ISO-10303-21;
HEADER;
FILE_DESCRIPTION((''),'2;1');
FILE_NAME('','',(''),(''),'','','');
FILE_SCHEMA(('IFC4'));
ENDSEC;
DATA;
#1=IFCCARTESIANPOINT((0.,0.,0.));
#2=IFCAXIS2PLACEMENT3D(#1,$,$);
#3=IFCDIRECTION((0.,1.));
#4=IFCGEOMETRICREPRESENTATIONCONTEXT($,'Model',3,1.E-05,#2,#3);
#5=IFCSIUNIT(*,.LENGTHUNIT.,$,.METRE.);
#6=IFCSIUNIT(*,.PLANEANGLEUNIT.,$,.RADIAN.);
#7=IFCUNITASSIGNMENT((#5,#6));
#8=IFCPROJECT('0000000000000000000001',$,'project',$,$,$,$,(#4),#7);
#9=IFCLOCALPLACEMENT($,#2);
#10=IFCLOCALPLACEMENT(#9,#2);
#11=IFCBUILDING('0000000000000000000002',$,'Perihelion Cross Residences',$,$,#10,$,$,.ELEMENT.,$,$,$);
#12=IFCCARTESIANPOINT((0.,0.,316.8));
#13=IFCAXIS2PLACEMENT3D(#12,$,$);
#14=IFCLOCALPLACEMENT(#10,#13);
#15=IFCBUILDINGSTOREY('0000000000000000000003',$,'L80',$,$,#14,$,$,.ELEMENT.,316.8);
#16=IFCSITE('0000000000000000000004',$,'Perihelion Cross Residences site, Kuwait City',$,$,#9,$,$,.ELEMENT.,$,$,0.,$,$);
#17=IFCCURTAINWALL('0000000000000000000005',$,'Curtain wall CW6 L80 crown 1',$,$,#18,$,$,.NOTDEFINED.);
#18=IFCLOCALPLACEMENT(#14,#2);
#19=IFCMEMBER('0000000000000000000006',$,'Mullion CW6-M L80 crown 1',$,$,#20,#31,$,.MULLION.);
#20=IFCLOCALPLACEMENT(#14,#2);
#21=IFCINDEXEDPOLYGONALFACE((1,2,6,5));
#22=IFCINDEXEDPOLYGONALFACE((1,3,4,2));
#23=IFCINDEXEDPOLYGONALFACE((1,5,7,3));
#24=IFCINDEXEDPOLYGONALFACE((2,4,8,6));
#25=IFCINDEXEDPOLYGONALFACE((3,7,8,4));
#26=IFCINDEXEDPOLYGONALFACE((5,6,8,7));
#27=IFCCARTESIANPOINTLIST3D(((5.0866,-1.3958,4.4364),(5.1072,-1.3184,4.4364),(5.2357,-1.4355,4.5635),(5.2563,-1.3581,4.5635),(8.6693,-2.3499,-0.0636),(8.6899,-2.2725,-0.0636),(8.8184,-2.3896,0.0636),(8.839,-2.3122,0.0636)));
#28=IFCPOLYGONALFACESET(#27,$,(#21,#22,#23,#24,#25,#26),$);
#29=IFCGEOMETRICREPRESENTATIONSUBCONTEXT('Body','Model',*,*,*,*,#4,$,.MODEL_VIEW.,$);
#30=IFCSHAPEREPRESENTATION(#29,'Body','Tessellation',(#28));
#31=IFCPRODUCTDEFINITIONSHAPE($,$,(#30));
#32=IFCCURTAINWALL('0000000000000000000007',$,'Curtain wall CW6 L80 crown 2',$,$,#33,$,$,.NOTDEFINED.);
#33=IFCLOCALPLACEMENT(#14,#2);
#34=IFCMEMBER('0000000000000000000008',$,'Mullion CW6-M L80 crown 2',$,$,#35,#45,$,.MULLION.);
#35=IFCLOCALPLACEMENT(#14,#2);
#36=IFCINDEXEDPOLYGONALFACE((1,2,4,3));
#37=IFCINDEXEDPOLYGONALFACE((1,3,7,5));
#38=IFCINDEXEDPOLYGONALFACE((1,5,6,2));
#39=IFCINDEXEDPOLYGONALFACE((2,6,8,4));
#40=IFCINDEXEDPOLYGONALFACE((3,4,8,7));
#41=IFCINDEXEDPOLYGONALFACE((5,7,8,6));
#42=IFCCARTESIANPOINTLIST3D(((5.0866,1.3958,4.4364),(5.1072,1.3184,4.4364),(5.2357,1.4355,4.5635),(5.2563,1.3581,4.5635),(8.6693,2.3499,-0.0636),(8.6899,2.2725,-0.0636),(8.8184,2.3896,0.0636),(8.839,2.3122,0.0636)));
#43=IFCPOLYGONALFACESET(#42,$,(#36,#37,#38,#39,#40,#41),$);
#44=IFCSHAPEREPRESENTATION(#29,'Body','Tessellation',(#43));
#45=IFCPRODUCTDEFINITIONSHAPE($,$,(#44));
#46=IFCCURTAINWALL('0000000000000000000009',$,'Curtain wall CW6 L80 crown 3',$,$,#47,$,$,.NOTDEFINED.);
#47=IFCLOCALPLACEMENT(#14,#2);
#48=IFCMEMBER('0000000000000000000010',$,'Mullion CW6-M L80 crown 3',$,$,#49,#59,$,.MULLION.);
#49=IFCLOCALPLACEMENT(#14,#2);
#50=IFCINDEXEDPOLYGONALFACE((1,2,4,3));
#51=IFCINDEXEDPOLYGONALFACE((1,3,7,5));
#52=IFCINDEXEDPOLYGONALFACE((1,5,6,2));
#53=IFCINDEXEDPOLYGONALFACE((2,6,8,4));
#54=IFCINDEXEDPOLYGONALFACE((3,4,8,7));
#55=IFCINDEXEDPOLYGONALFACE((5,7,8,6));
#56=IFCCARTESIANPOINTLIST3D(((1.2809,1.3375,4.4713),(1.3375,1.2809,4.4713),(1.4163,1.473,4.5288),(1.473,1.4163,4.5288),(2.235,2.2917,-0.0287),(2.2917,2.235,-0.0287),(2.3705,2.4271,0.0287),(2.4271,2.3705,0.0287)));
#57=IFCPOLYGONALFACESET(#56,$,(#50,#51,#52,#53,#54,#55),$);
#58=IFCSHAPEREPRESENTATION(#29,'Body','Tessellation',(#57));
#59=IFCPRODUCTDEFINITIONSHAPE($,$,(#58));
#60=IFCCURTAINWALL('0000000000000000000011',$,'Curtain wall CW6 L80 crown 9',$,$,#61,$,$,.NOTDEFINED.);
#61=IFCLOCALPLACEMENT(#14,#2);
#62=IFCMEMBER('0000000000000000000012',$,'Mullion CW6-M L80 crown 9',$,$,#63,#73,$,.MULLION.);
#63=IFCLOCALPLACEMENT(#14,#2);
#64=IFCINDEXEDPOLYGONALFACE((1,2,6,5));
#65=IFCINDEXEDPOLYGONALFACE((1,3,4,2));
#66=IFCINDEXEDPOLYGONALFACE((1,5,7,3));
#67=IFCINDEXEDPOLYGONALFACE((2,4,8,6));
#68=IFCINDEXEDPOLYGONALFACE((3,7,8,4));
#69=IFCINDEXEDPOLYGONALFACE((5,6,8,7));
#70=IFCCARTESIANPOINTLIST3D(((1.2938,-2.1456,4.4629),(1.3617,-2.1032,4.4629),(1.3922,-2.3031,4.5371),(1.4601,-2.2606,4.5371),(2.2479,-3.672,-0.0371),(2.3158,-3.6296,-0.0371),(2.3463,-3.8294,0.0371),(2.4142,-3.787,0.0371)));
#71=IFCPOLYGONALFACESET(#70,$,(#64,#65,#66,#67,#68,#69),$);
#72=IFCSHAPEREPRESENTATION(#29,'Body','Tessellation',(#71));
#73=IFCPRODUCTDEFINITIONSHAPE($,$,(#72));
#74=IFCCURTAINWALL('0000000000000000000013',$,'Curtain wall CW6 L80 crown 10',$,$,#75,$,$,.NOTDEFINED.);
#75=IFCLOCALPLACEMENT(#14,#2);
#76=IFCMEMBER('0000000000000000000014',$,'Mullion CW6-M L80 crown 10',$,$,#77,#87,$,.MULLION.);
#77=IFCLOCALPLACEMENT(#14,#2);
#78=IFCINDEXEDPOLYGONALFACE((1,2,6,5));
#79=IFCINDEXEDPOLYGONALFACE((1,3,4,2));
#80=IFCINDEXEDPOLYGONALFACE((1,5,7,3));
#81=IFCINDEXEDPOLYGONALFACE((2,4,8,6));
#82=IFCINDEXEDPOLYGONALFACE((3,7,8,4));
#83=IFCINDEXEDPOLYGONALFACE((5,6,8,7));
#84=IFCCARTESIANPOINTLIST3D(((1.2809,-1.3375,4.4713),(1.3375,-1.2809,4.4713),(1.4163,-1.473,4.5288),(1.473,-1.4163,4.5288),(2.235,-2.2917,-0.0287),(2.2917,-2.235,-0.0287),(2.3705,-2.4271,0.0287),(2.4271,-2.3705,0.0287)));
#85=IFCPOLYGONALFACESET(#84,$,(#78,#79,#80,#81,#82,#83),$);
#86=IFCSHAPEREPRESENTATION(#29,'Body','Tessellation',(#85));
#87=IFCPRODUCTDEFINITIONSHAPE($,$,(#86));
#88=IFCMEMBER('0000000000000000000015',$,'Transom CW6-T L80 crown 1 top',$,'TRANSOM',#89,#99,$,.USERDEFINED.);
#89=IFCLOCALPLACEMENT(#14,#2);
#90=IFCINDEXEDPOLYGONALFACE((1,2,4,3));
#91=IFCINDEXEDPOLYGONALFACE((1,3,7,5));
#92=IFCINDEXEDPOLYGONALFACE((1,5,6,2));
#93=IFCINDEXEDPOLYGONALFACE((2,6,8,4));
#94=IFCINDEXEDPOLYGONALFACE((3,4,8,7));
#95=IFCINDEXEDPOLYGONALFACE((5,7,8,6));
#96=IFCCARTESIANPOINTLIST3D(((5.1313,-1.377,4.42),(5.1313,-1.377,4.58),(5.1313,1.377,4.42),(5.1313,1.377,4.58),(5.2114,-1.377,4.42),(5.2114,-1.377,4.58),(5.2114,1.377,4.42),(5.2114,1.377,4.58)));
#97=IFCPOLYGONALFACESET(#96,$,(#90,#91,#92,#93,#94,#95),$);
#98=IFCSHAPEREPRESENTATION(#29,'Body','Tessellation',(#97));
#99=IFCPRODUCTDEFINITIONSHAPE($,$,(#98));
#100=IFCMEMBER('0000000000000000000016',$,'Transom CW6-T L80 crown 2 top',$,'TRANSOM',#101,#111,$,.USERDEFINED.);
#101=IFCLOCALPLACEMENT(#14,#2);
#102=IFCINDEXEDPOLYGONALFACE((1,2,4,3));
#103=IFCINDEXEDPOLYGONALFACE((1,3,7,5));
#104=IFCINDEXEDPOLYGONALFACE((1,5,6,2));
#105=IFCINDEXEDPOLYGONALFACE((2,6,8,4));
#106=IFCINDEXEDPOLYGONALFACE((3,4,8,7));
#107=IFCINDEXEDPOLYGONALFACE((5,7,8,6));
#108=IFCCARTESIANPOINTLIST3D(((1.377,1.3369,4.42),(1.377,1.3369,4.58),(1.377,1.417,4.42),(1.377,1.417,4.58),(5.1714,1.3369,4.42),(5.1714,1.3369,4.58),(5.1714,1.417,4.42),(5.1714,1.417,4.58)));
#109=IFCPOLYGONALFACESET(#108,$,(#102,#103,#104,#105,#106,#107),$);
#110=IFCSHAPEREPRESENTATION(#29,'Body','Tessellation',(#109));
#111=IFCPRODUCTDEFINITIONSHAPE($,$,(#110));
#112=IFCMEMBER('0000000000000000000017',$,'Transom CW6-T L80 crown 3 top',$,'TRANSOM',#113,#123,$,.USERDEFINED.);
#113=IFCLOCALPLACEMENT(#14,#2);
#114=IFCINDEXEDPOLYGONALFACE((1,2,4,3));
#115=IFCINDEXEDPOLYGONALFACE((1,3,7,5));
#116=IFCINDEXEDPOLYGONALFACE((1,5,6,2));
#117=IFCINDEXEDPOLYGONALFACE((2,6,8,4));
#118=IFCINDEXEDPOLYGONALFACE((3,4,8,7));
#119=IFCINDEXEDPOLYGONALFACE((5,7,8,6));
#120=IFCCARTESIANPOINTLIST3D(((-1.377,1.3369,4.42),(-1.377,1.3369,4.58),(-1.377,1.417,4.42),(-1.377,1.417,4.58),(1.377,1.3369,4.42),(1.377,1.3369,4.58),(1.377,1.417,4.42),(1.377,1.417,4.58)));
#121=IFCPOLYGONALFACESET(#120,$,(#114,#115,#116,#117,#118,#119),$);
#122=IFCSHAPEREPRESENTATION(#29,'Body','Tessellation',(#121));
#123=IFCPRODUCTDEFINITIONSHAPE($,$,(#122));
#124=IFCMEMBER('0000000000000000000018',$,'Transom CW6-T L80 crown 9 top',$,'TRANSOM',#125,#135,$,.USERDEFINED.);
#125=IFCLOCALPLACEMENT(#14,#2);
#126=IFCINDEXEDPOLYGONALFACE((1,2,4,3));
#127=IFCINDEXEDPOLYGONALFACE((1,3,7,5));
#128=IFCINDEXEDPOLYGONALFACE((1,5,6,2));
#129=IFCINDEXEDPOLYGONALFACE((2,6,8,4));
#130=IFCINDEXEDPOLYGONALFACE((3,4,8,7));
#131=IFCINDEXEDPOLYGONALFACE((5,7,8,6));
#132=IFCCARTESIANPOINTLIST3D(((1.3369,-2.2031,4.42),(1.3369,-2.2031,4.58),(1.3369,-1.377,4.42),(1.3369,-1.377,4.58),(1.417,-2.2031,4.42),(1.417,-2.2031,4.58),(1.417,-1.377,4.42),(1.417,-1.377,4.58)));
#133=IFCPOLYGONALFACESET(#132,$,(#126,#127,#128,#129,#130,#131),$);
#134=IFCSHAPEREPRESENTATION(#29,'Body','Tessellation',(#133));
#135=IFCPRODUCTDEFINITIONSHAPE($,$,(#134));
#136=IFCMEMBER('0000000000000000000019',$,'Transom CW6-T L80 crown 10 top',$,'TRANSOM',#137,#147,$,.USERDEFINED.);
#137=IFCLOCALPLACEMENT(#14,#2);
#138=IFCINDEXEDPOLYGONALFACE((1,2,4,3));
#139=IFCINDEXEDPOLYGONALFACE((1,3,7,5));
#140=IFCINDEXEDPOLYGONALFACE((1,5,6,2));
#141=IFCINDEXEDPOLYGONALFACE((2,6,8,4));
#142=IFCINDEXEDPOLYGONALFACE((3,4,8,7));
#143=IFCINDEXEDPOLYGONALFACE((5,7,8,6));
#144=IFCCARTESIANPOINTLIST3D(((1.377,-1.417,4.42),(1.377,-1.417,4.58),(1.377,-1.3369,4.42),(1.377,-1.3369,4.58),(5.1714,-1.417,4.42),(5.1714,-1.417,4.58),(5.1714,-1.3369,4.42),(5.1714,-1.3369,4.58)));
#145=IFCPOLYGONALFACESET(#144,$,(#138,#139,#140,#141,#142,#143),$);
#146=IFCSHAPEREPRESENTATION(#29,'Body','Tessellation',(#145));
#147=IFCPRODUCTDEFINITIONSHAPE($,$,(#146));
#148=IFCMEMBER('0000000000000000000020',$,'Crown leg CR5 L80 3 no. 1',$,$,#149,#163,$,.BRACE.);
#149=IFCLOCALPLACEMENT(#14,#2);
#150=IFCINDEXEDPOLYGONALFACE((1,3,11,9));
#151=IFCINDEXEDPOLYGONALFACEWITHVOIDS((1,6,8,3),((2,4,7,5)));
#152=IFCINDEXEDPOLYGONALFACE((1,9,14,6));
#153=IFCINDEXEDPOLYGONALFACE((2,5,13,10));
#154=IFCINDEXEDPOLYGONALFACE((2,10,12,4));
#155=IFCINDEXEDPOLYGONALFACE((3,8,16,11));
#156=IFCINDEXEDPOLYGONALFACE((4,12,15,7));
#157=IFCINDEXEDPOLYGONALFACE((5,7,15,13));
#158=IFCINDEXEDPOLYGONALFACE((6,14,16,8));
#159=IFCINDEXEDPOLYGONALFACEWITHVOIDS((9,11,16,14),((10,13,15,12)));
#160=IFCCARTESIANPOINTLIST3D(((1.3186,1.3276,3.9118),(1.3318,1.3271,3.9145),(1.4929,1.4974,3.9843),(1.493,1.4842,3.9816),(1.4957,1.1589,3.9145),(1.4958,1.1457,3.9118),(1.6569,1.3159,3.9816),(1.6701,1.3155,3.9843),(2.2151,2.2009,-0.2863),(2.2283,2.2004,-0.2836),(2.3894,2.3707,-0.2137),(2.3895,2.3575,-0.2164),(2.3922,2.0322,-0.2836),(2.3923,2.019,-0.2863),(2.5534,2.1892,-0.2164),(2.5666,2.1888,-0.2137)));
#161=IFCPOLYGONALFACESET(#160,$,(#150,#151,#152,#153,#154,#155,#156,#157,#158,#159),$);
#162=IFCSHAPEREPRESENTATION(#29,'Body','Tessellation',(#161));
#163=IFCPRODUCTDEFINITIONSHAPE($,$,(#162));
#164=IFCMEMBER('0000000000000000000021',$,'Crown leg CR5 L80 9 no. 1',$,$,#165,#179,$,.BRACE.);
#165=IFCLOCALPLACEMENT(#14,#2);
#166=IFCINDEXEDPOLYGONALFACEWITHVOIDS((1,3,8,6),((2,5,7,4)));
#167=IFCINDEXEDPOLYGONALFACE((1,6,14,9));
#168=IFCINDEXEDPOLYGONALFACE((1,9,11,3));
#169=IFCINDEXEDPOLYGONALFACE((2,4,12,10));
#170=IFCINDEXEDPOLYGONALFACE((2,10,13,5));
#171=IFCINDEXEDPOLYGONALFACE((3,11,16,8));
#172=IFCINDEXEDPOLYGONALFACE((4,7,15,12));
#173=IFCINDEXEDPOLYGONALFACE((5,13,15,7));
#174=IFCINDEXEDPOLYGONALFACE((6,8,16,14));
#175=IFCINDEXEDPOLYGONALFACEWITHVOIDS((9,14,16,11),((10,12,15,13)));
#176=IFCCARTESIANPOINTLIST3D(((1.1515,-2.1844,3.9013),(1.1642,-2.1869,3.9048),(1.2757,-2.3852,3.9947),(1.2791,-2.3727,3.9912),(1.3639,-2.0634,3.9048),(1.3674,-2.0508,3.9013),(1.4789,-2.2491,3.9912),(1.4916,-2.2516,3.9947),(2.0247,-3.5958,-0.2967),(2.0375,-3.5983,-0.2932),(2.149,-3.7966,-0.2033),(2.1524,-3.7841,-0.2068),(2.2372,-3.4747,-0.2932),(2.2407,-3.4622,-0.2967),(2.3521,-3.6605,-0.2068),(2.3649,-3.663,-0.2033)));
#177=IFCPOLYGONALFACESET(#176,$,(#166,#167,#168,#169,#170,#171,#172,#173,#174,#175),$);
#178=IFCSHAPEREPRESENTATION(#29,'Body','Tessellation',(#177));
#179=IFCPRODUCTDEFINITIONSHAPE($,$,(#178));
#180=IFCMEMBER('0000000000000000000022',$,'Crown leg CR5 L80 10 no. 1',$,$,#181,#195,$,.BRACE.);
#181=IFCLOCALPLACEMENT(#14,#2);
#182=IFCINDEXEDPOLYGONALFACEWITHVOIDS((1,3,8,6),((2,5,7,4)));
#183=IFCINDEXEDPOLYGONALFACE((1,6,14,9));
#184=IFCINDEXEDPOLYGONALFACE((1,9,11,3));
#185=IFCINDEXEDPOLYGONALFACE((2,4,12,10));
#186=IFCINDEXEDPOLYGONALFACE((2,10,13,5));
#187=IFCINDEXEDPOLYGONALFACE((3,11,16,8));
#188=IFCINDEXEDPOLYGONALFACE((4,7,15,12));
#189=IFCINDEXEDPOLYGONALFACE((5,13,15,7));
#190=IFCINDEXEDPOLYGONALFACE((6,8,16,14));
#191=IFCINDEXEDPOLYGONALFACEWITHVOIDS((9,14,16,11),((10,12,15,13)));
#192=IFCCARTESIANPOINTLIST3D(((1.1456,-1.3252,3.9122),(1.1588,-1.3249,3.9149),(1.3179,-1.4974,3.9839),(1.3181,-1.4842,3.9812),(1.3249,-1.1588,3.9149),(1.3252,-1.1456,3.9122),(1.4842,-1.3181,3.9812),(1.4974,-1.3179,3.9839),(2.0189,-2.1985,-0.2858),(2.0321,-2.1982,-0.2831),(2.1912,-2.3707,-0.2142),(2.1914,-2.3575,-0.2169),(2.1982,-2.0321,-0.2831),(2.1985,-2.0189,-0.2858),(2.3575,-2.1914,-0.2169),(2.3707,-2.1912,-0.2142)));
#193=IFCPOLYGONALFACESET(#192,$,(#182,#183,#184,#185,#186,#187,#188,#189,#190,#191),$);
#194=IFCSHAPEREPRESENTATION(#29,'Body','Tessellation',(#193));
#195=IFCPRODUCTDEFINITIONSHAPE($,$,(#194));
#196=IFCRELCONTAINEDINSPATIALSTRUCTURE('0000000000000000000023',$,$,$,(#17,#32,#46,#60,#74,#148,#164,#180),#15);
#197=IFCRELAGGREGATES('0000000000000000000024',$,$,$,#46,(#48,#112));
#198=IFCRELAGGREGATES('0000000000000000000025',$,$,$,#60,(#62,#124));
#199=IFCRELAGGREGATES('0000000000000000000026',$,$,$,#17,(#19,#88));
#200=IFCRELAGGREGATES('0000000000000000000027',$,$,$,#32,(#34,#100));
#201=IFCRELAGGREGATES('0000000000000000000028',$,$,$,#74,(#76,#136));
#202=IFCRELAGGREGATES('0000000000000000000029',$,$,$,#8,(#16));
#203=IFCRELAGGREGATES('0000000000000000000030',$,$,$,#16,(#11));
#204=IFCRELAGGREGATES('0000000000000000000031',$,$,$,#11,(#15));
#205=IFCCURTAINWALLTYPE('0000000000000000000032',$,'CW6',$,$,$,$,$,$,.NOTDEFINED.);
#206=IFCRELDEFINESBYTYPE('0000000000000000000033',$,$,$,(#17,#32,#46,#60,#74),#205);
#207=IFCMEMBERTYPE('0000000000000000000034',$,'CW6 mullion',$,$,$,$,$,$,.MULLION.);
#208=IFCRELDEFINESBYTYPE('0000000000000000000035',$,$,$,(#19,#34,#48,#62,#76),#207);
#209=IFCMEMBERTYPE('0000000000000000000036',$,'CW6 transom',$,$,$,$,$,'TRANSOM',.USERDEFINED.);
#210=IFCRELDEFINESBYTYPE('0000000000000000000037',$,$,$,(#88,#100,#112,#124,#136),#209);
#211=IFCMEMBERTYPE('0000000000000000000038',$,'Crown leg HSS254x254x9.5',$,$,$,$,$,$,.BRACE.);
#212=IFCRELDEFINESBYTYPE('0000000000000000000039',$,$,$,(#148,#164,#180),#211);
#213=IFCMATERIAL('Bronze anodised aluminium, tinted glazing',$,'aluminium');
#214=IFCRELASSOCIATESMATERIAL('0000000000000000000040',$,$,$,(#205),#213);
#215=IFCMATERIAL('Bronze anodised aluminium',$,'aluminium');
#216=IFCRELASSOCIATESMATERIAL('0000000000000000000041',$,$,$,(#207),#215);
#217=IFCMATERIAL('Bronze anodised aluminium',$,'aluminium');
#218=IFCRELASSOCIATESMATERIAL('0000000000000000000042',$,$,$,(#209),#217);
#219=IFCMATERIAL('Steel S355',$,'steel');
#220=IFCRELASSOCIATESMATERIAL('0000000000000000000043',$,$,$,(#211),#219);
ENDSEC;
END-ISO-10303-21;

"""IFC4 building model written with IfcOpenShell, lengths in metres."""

from ifc_helpers import new_model, si_unit, direction, frame, origin, origin_2d, place, context, subcontext, project, spatial, rectangle, hollow_rectangle, extrude, material, material_profile, profile_set, type_object, element, aggregate, save


model = new_model("IFC4")

# Units and contexts
model_context = context("Model", 3, precision=1e-05, world=origin(), true_north=direction((0.0, 1.0)))
body_context = subcontext(model_context, "Body", "Model", "MODEL_VIEW")
ifc_project = project(units=[si_unit("LENGTHUNIT", "METRE"), si_unit("PLANEANGLEUNIT", "RADIAN")], contexts=[model_context])

# Site, building, storey
site_placement = place(None, origin())
site = spatial("IfcSite", under=ifc_project, at=site_placement, Name="Perihelion Cross Residences site, Kuwait City", CompositionType="ELEMENT", RefElevation=0.0)
building_placement = place(site_placement, origin())
building = spatial("IfcBuilding", under=site, at=building_placement, Name="Perihelion Cross Residences", CompositionType="ELEMENT")
storey_placement = place(building_placement, frame((0.0, 0.0, 316.8)))
storey = spatial("IfcBuildingStorey", under=building, at=storey_placement, Name="L80", CompositionType="ELEMENT", Elevation=316.8)

# Curtain walls, members
ifc_material_1 = material(Name="Bronze anodised aluminium, tinted glazing", Category="aluminium")
curtain_wall_type = type_object("IfcCurtainWallType", Name="CW6", PredefinedType="NOTDEFINED", material=ifc_material_1)
curtain_wall_1_placement = place(storey_placement, origin())
curtain_wall_1 = element("IfcCurtainWall", 1, at=curtain_wall_1_placement, inside=storey, type_object=curtain_wall_type, Name="Curtain wall CW6 L80 crown 1", PredefinedType="NOTDEFINED")
ifc_material_2 = material(Name="Bronze anodised aluminium", Category="aluminium")
ifc_material_profile_1 = material_profile(ifc_material_2, rectangle(XDim=0.0801, YDim=0.2, at=origin_2d()), Name="CW6 mullion")
ifc_profile_set_1 = profile_set([ifc_material_profile_1], Name="Bronze anodised aluminium")
member_type_1 = type_object("IfcMemberType", Name="CW6 mullion", PredefinedType="MULLION", material=ifc_profile_set_1)
member_1_placement = place(storey_placement, frame((8.7542, -2.3311, 0.0), z_axis=(-0.61447, 0.163635, 0.771783), x_axis=(-0.257335, -0.966322, 0.0)))
member_1 = element("IfcMember", 2, at=member_1_placement, type_object=member_type_1, Name="Mullion CW6-M L80 crown 1", PredefinedType="MULLION", context=body_context, shape_type="SweptSolid", body=[
    extrude(rectangle(XDim=0.0801, YDim=0.2, at=origin_2d()), origin(), (0.0, 0.0, 1.0), 5.8306),
])
curtain_wall_2_placement = place(storey_placement, origin())
curtain_wall_2 = element("IfcCurtainWall", 3, at=curtain_wall_2_placement, inside=storey, type_object=curtain_wall_type, Name="Curtain wall CW6 L80 crown 2", PredefinedType="NOTDEFINED")
member_2_placement = place(storey_placement, frame((8.7542, 2.3311, 0.0), z_axis=(-0.61447, -0.163635, 0.771783), x_axis=(0.257335, -0.966322, 0.0)))
member_2 = element("IfcMember", 4, at=member_2_placement, type_object=member_type_1, Name="Mullion CW6-M L80 crown 2", PredefinedType="MULLION", context=body_context, shape_type="SweptSolid", body=[
    extrude(rectangle(XDim=0.0801, YDim=0.2, at=origin_2d()), origin(), (0.0, 0.0, 1.0), 5.8306),
])
curtain_wall_3_placement = place(storey_placement, origin())
curtain_wall_3 = element("IfcCurtainWall", 5, at=curtain_wall_3_placement, inside=storey, type_object=curtain_wall_type, Name="Curtain wall CW6 L80 crown 3", PredefinedType="NOTDEFINED")
member_3_placement = place(storey_placement, frame((2.3311, 2.3311, 0.0), z_axis=(-0.203089, -0.203089, 0.957867), x_axis=(0.707107, -0.707107, 0.0)))
member_3 = element("IfcMember", 6, at=member_3_placement, type_object=member_type_1, Name="Mullion CW6-M L80 crown 3", PredefinedType="MULLION", context=body_context, shape_type="SweptSolid", body=[
    extrude(rectangle(XDim=0.0801, YDim=0.2, at=origin_2d()), origin(), (0.0, 0.0, 1.0), 4.698),
])
curtain_wall_4_placement = place(storey_placement, origin())
curtain_wall_4 = element("IfcCurtainWall", 7, at=curtain_wall_4_placement, inside=storey, type_object=curtain_wall_type, Name="Curtain wall CW6 L80 crown 9", PredefinedType="NOTDEFINED")
member_4_placement = place(storey_placement, frame((2.3311, -3.7295, 0.0), z_axis=(-0.196858, 0.314932, 0.928475), x_axis=(-0.847968, -0.530048, 0.0)))
member_4 = element("IfcMember", 8, at=member_4_placement, type_object=member_type_1, Name="Mullion CW6-M L80 crown 9", PredefinedType="MULLION", context=body_context, shape_type="SweptSolid", body=[
    extrude(rectangle(XDim=0.0801, YDim=0.2, at=origin_2d()), origin(), (0.0, 0.0, 1.0), 4.8467),
])
curtain_wall_5_placement = place(storey_placement, origin())
curtain_wall_5 = element("IfcCurtainWall", 9, at=curtain_wall_5_placement, inside=storey, type_object=curtain_wall_type, Name="Curtain wall CW6 L80 crown 10", PredefinedType="NOTDEFINED")
member_5_placement = place(storey_placement, frame((2.3311, -2.3311, 0.0), z_axis=(-0.203089, 0.203089, 0.957867), x_axis=(-0.707107, -0.707107, 0.0)))
member_5 = element("IfcMember", 10, at=member_5_placement, type_object=member_type_1, Name="Mullion CW6-M L80 crown 10", PredefinedType="MULLION", context=body_context, shape_type="SweptSolid", body=[
    extrude(rectangle(XDim=0.0801, YDim=0.2, at=origin_2d()), origin(), (0.0, 0.0, 1.0), 4.698),
])

# Members
ifc_material_3 = material(Name="Bronze anodised aluminium", Category="aluminium")
ifc_material_profile_2 = material_profile(ifc_material_3, rectangle(XDim=0.0801, YDim=0.1599, at=origin_2d()), Name="CW6 transom")
ifc_profile_set_2 = profile_set([ifc_material_profile_2], Name="Bronze anodised aluminium")
member_type_2 = type_object("IfcMemberType", Name="CW6 transom", ElementType="TRANSOM", PredefinedType="USERDEFINED", material=ifc_profile_set_2)
member_6_placement = place(storey_placement, frame((5.1714, -1.377, 4.5), z_axis=(0.0, 1.0, 0.0), x_axis=(-1.0, 0.0, 0.0)))
member_6 = element("IfcMember", 11, at=member_6_placement, type_object=member_type_2, Name="Transom CW6-T L80 crown 1 top", ObjectType="TRANSOM", PredefinedType="USERDEFINED", context=body_context, shape_type="SweptSolid", body=[
    extrude(rectangle(XDim=0.0801, YDim=0.1599, at=origin_2d()), origin(), (0.0, 0.0, 1.0), 2.7539),
])
member_7_placement = place(storey_placement, frame((5.1714, 1.377, 4.5), z_axis=(-1.0, 0.0, 0.0), x_axis=(0.0, -1.0, 0.0)))
member_7 = element("IfcMember", 12, at=member_7_placement, type_object=member_type_2, Name="Transom CW6-T L80 crown 2 top", ObjectType="TRANSOM", PredefinedType="USERDEFINED", context=body_context, shape_type="SweptSolid", body=[
    extrude(rectangle(XDim=0.0801, YDim=0.1599, at=origin_2d()), origin(), (0.0, 0.0, 1.0), 3.7944),
])
member_8_placement = place(storey_placement, frame((1.377, 1.377, 4.5), z_axis=(-1.0, 0.0, 0.0), x_axis=(0.0, -1.0, 0.0)))
member_8 = element("IfcMember", 13, at=member_8_placement, type_object=member_type_2, Name="Transom CW6-T L80 crown 3 top", ObjectType="TRANSOM", PredefinedType="USERDEFINED", context=body_context, shape_type="SweptSolid", body=[
    extrude(rectangle(XDim=0.0801, YDim=0.1599, at=origin_2d()), origin(), (0.0, 0.0, 1.0), 2.7539),
])
aggregate(curtain_wall_3, [member_3, member_8])
member_9_placement = place(storey_placement, frame((1.377, -2.2031, 4.5), z_axis=(0.0, 1.0, 0.0), x_axis=(-1.0, 0.0, 0.0)))
member_9 = element("IfcMember", 14, at=member_9_placement, type_object=member_type_2, Name="Transom CW6-T L80 crown 9 top", ObjectType="TRANSOM", PredefinedType="USERDEFINED", context=body_context, shape_type="SweptSolid", body=[
    extrude(rectangle(XDim=0.0801, YDim=0.1599, at=origin_2d()), origin(), (0.0, 0.0, 1.0), 0.8262),
])
member_10_placement = place(storey_placement, frame((1.377, -1.377, 4.5), z_axis=(1.0, 0.0, 0.0), x_axis=(0.0, 1.0, 0.0)))
member_10 = element("IfcMember", 15, at=member_10_placement, type_object=member_type_2, Name="Transom CW6-T L80 crown 10 top", ObjectType="TRANSOM", PredefinedType="USERDEFINED", context=body_context, shape_type="SweptSolid", body=[
    extrude(rectangle(XDim=0.0801, YDim=0.1599, at=origin_2d()), origin(), (0.0, 0.0, 1.0), 3.7944),
])

# Members
ifc_material_4 = material(Name="Steel S355", Category="steel")
ifc_material_profile_3 = material_profile(ifc_material_4, hollow_rectangle(XDim=0.2539, YDim=0.2539, WallThickness=0.0095, at=origin_2d()), Name="HSS254x254x9.5")
ifc_profile_set_3 = profile_set([ifc_material_profile_3], Name="Steel S355")
member_type_3 = type_object("IfcMemberType", Name="Crown leg HSS254x254x9.5", PredefinedType="BRACE", material=ifc_profile_set_3)
member_11_placement = place(storey_placement, frame((2.3909, 2.1948, -0.25), z_axis=(-0.20465, -0.199355, 0.958319), x_axis=(0.69778, -0.716312, 0.0)))
element("IfcMember", 16, at=member_11_placement, inside=storey, type_object=member_type_3, Name="Crown leg CR5 L80 3 no. 1", PredefinedType="BRACE", context=body_context, shape_type="SweptSolid", body=[
    extrude(hollow_rectangle(XDim=0.2539, YDim=0.2539, WallThickness=0.0095, at=origin_2d()), origin(), (0.0, 0.0, 1.0), 4.3806),
])
member_12_placement = place(storey_placement, frame((2.1948, -3.6294, -0.25), z_axis=(-0.193455, 0.312654, 0.929958), x_axis=(-0.850378, -0.526172, 0.0)))
element("IfcMember", 17, at=member_12_placement, inside=storey, type_object=member_type_3, Name="Crown leg CR5 L80 9 no. 1", PredefinedType="BRACE", context=body_context, shape_type="SweptSolid", body=[
    extrude(hollow_rectangle(XDim=0.2539, YDim=0.2539, WallThickness=0.0095, at=origin_2d()), origin(), (0.0, 0.0, 1.0), 4.5142),
])
member_13_placement = place(storey_placement, frame((2.1948, -2.1948, -0.25), z_axis=(-0.199569, 0.199569, 0.959346), x_axis=(-0.707107, -0.707107, 0.0)))
element("IfcMember", 18, at=member_13_placement, inside=storey, type_object=member_type_3, Name="Crown leg CR5 L80 10 no. 1", PredefinedType="BRACE", context=body_context, shape_type="SweptSolid", body=[
    extrude(hollow_rectangle(XDim=0.2539, YDim=0.2539, WallThickness=0.0095, at=origin_2d()), origin(), (0.0, 0.0, 1.0), 4.376),
])

aggregate(curtain_wall_4, [member_4, member_9])
aggregate(curtain_wall_1, [member_1, member_6])
aggregate(curtain_wall_2, [member_2, member_7])
aggregate(curtain_wall_5, [member_5, member_10])

save(model, "model.ifc")
